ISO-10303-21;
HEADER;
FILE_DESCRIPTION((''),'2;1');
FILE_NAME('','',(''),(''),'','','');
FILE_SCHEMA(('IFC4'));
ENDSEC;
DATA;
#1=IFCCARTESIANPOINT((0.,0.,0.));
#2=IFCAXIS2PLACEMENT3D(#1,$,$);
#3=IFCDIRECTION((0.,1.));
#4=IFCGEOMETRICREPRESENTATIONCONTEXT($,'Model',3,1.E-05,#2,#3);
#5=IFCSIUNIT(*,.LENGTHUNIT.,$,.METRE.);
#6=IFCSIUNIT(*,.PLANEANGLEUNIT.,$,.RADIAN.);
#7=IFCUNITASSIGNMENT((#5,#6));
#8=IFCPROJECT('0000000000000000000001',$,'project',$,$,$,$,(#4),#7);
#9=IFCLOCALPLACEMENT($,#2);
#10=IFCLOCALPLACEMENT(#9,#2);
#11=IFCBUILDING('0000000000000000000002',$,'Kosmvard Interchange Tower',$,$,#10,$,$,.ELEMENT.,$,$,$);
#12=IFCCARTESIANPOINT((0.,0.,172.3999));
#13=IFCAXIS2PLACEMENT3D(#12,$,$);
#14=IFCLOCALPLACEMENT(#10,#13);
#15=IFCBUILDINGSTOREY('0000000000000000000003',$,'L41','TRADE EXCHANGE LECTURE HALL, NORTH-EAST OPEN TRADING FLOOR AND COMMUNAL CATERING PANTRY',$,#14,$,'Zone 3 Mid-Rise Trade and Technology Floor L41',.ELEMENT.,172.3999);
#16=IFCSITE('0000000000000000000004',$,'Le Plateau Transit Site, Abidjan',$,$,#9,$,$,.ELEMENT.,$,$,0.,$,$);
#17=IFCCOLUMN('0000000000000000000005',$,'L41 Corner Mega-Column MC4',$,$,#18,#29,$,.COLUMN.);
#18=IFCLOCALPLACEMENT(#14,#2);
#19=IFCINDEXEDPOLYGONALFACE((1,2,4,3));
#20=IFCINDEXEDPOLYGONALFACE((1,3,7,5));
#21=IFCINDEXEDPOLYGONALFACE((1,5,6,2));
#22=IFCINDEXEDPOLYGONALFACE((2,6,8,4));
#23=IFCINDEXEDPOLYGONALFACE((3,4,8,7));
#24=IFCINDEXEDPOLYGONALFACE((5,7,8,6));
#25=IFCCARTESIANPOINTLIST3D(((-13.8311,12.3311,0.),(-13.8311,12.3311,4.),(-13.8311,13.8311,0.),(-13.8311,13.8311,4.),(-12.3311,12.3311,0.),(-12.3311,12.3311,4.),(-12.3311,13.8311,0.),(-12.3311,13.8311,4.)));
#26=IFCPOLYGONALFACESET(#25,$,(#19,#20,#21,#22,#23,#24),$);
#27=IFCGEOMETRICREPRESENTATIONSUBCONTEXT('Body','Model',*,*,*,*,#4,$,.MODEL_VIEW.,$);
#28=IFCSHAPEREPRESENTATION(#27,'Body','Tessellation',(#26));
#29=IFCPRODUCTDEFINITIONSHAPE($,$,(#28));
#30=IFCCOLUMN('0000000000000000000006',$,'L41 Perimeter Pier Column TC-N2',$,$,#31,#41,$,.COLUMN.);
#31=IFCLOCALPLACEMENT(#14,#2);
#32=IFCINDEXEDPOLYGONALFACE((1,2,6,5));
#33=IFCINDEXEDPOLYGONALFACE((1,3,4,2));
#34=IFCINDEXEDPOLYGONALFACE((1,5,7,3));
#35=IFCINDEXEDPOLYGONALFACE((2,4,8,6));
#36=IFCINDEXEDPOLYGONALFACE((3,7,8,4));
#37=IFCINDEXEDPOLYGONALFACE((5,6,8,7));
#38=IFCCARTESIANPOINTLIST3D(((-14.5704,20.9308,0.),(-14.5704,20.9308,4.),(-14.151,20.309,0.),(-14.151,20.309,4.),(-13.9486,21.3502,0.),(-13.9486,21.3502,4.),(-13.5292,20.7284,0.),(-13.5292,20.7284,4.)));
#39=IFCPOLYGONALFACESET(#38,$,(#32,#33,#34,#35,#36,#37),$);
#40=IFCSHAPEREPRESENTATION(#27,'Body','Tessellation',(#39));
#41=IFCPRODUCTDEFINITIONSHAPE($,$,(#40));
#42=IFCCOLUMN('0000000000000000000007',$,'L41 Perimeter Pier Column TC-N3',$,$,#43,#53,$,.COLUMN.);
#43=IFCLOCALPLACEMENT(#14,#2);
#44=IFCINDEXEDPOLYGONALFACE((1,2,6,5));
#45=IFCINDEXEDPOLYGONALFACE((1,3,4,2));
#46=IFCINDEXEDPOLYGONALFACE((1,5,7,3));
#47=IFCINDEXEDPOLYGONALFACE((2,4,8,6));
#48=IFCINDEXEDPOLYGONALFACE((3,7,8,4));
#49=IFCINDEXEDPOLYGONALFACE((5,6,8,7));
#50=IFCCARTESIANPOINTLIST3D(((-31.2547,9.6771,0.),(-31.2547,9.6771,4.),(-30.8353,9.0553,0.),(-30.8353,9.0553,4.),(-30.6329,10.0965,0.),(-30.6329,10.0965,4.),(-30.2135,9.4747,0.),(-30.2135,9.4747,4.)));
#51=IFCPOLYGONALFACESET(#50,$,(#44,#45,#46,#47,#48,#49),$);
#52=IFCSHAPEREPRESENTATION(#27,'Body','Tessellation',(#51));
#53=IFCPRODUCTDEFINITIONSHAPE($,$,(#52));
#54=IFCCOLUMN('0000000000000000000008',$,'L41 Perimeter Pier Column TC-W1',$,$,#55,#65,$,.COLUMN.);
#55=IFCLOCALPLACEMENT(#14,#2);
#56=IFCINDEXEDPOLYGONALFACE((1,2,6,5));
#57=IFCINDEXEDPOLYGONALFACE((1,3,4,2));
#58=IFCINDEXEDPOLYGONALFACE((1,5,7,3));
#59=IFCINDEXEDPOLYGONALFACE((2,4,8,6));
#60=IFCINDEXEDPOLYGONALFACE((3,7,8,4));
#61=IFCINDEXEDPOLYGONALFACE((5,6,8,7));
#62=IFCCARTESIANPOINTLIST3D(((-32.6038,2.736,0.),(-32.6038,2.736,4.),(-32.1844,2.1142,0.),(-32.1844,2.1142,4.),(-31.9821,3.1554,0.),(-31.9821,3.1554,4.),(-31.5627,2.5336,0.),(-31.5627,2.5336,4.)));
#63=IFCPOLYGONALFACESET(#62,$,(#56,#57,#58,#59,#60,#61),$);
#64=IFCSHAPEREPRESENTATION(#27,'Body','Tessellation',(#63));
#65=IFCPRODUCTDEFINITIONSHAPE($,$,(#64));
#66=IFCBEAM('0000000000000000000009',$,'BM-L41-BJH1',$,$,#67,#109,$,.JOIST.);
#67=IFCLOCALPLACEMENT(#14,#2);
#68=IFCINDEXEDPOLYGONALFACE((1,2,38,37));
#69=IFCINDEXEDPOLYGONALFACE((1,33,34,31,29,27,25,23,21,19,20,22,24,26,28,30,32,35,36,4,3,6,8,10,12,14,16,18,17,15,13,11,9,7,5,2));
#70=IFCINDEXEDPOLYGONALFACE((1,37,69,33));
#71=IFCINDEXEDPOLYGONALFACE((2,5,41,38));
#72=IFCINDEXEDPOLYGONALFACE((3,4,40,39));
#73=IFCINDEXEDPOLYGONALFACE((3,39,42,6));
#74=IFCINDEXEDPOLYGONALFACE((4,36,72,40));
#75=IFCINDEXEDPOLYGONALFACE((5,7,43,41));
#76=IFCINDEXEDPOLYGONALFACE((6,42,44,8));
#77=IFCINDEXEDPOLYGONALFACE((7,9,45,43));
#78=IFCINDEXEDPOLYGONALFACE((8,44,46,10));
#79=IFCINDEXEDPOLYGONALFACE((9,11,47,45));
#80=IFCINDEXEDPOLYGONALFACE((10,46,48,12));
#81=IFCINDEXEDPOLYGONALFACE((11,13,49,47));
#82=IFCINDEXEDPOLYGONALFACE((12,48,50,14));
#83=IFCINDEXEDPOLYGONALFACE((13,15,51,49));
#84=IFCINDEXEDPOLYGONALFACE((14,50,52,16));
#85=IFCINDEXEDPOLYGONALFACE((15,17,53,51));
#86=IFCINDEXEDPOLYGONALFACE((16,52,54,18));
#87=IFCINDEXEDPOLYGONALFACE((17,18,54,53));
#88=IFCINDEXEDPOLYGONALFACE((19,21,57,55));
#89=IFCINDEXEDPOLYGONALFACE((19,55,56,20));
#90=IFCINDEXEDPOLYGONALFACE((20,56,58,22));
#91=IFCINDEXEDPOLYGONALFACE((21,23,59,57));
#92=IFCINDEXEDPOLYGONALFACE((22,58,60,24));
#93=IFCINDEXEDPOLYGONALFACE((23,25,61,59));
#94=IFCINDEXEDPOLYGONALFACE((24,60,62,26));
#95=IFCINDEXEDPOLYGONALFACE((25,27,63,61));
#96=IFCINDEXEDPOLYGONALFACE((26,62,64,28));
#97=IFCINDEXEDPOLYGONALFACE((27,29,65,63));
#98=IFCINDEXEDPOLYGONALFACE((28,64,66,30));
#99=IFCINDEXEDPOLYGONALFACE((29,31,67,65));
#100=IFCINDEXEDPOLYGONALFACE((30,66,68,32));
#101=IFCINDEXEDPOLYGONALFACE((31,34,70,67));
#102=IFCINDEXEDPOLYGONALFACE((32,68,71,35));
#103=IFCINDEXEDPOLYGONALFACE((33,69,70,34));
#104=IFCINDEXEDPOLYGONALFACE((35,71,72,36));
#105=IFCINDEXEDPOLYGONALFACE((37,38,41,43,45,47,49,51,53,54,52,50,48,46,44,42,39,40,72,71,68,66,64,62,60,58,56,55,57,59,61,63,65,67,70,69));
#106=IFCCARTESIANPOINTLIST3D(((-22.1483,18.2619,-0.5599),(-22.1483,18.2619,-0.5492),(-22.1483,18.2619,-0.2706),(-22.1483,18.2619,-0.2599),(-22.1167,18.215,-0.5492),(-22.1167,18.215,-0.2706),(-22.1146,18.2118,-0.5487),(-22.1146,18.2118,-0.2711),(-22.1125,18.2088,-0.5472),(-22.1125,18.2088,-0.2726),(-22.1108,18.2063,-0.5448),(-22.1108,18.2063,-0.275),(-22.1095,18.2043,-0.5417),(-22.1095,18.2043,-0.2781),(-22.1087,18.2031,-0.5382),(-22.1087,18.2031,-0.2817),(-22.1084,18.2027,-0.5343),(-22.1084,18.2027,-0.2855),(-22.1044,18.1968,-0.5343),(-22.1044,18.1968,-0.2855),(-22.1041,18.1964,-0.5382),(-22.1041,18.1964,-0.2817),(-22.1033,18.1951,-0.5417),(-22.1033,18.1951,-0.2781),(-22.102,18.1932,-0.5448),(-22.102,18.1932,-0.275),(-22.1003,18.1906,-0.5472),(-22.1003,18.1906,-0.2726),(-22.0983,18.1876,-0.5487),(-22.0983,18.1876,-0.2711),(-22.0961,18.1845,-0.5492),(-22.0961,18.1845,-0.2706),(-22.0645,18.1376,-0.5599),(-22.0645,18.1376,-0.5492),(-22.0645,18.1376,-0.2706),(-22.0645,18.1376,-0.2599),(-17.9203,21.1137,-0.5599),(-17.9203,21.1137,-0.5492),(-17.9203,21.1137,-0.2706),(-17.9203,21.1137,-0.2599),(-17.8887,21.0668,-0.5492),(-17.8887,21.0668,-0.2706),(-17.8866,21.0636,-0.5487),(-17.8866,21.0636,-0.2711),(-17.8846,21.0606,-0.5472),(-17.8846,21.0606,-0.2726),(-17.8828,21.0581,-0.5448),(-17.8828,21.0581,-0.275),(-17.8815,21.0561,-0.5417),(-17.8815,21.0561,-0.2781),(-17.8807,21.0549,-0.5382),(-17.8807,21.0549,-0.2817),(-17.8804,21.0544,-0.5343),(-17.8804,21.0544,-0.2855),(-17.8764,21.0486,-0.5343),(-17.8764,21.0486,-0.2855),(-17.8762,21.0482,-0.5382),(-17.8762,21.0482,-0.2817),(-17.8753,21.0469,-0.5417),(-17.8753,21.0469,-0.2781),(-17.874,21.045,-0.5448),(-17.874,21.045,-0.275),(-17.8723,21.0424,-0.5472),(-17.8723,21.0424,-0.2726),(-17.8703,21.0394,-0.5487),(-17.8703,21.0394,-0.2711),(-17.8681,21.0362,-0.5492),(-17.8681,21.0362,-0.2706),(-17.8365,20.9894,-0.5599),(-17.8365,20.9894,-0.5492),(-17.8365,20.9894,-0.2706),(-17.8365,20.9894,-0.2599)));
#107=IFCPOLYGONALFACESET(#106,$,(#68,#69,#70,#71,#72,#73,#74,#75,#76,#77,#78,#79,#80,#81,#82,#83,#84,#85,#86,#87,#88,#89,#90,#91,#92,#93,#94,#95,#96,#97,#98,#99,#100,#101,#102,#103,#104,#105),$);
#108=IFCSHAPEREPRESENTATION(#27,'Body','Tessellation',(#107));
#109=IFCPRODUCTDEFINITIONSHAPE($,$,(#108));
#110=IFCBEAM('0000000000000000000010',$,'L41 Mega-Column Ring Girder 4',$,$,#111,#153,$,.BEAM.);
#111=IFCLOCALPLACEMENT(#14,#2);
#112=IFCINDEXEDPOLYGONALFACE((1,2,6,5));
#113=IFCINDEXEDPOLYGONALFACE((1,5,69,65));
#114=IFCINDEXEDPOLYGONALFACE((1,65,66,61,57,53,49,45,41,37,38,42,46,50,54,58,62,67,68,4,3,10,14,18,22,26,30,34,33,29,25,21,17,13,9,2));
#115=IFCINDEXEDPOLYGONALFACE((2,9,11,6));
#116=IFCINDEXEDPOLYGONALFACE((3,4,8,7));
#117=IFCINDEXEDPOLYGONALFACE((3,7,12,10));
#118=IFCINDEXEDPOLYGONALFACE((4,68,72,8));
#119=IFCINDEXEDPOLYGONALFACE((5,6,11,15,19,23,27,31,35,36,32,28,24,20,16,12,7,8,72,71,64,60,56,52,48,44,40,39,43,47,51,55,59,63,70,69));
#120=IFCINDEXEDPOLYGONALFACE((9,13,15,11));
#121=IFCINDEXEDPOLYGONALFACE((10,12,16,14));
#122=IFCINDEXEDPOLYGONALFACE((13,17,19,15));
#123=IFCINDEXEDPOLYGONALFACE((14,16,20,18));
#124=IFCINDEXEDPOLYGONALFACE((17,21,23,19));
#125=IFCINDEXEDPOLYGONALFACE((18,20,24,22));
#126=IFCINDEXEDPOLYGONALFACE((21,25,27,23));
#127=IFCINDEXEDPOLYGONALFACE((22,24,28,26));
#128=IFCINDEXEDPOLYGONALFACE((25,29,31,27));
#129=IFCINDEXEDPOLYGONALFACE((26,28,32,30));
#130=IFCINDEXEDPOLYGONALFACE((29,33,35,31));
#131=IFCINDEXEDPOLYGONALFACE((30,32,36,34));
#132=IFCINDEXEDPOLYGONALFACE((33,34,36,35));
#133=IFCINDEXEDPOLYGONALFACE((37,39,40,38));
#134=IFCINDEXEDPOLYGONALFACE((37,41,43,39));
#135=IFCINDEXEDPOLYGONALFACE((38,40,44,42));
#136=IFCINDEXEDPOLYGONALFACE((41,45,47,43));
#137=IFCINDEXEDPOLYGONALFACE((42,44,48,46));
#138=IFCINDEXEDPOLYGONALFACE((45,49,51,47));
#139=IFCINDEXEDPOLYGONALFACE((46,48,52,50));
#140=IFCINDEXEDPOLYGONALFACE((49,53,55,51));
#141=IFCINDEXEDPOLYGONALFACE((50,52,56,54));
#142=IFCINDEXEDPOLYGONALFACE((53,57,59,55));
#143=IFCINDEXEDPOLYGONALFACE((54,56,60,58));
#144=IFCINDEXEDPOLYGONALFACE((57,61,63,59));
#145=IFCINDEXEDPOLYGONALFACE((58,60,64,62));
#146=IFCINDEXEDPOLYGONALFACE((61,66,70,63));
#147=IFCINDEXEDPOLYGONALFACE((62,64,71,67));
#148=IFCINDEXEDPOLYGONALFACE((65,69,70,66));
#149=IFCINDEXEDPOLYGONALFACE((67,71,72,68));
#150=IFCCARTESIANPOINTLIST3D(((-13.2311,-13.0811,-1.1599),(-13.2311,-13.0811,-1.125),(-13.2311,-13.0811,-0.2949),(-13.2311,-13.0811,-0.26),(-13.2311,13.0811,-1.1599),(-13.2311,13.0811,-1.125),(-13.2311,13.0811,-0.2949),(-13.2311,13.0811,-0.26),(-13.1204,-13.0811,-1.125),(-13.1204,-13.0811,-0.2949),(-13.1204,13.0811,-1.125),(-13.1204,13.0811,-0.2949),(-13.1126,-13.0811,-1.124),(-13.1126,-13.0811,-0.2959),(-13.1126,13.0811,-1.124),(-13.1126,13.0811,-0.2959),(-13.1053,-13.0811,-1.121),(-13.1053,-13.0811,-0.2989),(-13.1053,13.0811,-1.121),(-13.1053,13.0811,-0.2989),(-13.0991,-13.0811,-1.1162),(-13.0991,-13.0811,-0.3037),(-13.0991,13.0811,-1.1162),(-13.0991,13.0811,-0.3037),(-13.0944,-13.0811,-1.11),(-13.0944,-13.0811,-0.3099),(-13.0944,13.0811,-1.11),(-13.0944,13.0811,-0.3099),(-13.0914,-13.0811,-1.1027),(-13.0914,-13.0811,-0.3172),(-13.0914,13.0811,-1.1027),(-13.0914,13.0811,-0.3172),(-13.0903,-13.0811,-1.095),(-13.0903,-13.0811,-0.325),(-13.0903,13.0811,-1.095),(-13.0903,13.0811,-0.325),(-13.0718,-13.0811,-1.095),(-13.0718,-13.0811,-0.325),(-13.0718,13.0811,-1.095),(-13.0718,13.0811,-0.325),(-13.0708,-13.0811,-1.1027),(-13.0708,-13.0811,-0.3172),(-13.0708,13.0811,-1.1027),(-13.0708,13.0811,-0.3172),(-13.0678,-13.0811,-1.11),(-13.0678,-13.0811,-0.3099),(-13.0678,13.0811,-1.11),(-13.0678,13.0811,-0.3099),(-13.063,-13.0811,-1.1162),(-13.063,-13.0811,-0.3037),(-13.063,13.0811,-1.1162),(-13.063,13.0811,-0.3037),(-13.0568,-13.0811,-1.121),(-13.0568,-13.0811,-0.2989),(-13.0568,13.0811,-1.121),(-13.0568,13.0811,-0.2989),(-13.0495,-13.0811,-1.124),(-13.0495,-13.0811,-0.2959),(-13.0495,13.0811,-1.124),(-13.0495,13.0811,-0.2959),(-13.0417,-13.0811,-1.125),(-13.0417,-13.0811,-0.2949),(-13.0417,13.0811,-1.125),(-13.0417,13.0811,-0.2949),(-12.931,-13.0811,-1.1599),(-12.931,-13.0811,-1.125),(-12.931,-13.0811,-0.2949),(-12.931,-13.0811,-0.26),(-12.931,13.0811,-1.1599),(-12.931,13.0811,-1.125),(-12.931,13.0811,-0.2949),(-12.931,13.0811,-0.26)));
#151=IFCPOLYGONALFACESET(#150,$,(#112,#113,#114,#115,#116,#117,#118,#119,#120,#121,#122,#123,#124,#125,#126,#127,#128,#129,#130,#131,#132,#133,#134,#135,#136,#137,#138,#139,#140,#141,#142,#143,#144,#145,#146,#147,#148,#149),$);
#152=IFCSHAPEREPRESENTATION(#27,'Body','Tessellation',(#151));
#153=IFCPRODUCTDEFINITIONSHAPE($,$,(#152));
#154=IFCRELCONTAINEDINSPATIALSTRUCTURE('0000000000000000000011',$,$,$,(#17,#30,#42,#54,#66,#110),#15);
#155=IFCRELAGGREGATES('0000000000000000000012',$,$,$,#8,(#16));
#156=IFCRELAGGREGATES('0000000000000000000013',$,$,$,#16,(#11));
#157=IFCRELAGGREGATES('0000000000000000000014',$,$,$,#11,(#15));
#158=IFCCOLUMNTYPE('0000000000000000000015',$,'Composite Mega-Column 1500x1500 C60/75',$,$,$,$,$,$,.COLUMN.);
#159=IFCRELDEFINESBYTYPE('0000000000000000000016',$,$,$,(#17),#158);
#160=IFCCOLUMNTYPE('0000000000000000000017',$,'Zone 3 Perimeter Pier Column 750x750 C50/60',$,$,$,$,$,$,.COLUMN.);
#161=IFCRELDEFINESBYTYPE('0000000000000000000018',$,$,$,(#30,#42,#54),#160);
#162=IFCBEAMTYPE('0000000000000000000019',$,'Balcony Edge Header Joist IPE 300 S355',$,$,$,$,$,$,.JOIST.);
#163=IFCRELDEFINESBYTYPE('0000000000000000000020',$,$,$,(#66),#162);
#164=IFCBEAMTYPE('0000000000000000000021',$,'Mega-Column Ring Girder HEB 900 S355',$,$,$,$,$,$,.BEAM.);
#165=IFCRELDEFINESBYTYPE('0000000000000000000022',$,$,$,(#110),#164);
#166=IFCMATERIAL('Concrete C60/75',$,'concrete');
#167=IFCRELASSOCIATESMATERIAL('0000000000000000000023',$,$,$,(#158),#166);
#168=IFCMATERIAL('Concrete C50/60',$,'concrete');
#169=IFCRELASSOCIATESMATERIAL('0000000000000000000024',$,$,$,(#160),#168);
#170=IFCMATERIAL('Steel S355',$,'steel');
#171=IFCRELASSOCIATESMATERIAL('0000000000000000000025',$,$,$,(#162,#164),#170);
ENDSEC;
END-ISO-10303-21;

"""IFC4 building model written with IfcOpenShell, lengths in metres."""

from ifc_helpers import new_model, si_unit, direction, frame, origin, origin_2d, place, context, subcontext, project, spatial, rectangle, i_section, extrude, source, transform, mapped, material, material_profile, profile_set, type_object, element, save


model = new_model("IFC4")

# Units and contexts
model_context = context("Model", 3, precision=1e-05, world=origin(), true_north=direction((0.0, 1.0)))
body_context = subcontext(model_context, "Body", "Model", "MODEL_VIEW")
ifc_project = project(units=[si_unit("LENGTHUNIT", "METRE"), si_unit("PLANEANGLEUNIT", "RADIAN")], contexts=[model_context])

# Site, building, storey
site_placement = place(None, origin())
site = spatial("IfcSite", under=ifc_project, at=site_placement, Name="Le Plateau Transit Site, Abidjan", CompositionType="ELEMENT", RefElevation=0.0)
building_placement = place(site_placement, origin())
building = spatial("IfcBuilding", under=site, at=building_placement, Name="Kosmvard Interchange Tower", CompositionType="ELEMENT")
storey_placement = place(building_placement, frame((0.0, 0.0, 172.3999)))
storey = spatial("IfcBuildingStorey", under=building, at=storey_placement, Name="L41", Description="TRADE EXCHANGE LECTURE HALL, NORTH-EAST OPEN TRADING FLOOR AND COMMUNAL CATERING PANTRY", LongName="Zone 3 Mid-Rise Trade and Technology Floor L41", CompositionType="ELEMENT", Elevation=172.3999)

# Columns
ifc_material_1 = material(Name="Concrete C60/75", Category="concrete")
ifc_material_profile_1 = material_profile(ifc_material_1, rectangle(XDim=1.5, YDim=1.5, at=origin_2d()), Name="MC 1500x1500")
ifc_profile_set_1 = profile_set([ifc_material_profile_1], Name="Concrete C60/75")
column_type_1 = type_object("IfcColumnType", Name="Composite Mega-Column 1500x1500 C60/75", PredefinedType="COLUMN", material=ifc_profile_set_1)
shared_shape_1 = source(origin(), body_context, "Body", "SweptSolid", [
    extrude(rectangle(XDim=1.5, YDim=1.5, at=origin_2d()), origin(), (0.0, 0.0, 1.0), 4.0),
])
column_placement = place(storey_placement, frame((-13.0811, 13.0811, 0.0), z_axis=(0.0, 0.0, 1.0), x_axis=(1.0, 0.0, 0.0)))
element("IfcColumn", 1, at=column_placement, inside=storey, type_object=column_type_1, Name="L41 Corner Mega-Column MC4", PredefinedType="COLUMN", context=body_context, shape_type="MappedRepresentation", body=[
    mapped(shared_shape_1, transform((0.0, 0.0, 0.0), scale=1.0)),
])
ifc_material_2 = material(Name="Concrete C50/60", Category="concrete")
ifc_material_profile_2 = material_profile(ifc_material_2, rectangle(XDim=0.75, YDim=0.75, at=origin_2d()), Name="TC 750x750")
ifc_profile_set_2 = profile_set([ifc_material_profile_2], Name="Concrete C50/60")
column_type_2 = type_object("IfcColumnType", Name="Zone 3 Perimeter Pier Column 750x750 C50/60", PredefinedType="COLUMN", material=ifc_profile_set_2)
shared_shape_2 = source(origin(), body_context, "Body", "SweptSolid", [
    extrude(rectangle(XDim=0.75, YDim=0.75, at=origin_2d()), origin(), (0.0, 0.0, 1.0), 4.0),
])
for number, where, z_axis, x_axis, name in (
    (2, (-14.0498, 20.8296, 0.0), (0.0, 0.0, 1.0), (0.829038, 0.559193, 0.0), "L41 Perimeter Pier Column TC-N2"),
    (3, (-30.7341, 9.5759, 0.0), (0.0, 0.0, 1.0), (0.829038, 0.559193, 0.0), "L41 Perimeter Pier Column TC-N3"),
    (4, (-32.0833, 2.6348, 0.0), (0.0, 0.0, 1.0), (0.829038, 0.559193, 0.0), "L41 Perimeter Pier Column TC-W1"),
):
    element("IfcColumn", number, at=place(storey_placement, frame(where, z_axis=z_axis, x_axis=x_axis)), inside=storey, type_object=column_type_2, Name=name, PredefinedType="COLUMN", context=body_context, shape_type="MappedRepresentation", body=[
        mapped(shared_shape_2, transform((0.0, 0.0, 0.0), scale=1.0)),
    ])

# Beams
ifc_material_3 = material(Name="Steel S355", Category="steel")
ifc_material_profile_3 = material_profile(ifc_material_3, i_section(OverallWidth=0.1499, OverallDepth=0.3, WebThickness=0.0071, FlangeThickness=0.0107, FilletRadius=0.0149, at=origin_2d()), Name="IPE 300")
ifc_profile_set_3 = profile_set([ifc_material_profile_3], Name="Steel S355")
beam_type_1 = type_object("IfcBeamType", Name="Balcony Edge Header Joist IPE 300 S355", PredefinedType="JOIST", material=ifc_profile_set_3)
shared_shape_3 = source(origin(), body_context, "Body", "SweptSolid", [
    extrude(i_section(OverallWidth=0.1499, OverallDepth=0.3, WebThickness=0.0071, FlangeThickness=0.0107, FilletRadius=0.0149, at=origin_2d()), origin(), (0.0, 0.0, 1.0), 5.0999),
])
beam_1_placement = place(storey_placement, frame((-17.8784, 21.0515, -0.4099), z_axis=(-0.829041, -0.559188, 0.0), x_axis=(0.559188, -0.829041, 0.0)))
element("IfcBeam", 5, at=beam_1_placement, inside=storey, type_object=beam_type_1, Name="BM-L41-BJH1", PredefinedType="JOIST", context=body_context, shape_type="MappedRepresentation", body=[
    mapped(shared_shape_3, transform((0.0, 0.0, 0.0), scale=1.0)),
])
ifc_material_profile_4 = material_profile(ifc_material_3, i_section(OverallWidth=0.3, OverallDepth=0.8999, WebThickness=0.0186, FlangeThickness=0.0349, FilletRadius=0.03, at=origin_2d()), Name="HEB 900")
ifc_profile_set_4 = profile_set([ifc_material_profile_4], Name="Steel S355")
beam_type_2 = type_object("IfcBeamType", Name="Mega-Column Ring Girder HEB 900 S355", PredefinedType="BEAM", material=ifc_profile_set_4)
shared_shape_4 = source(origin(), body_context, "Body", "SweptSolid", [
    extrude(i_section(OverallWidth=0.3, OverallDepth=0.8999, WebThickness=0.0186, FlangeThickness=0.0349, FilletRadius=0.03, at=origin_2d()), origin(), (0.0, 0.0, 1.0), 26.1621),
])
beam_2_placement = place(storey_placement, frame((-13.0811, 13.0811, -0.71), z_axis=(0.0, -1.0, 0.0), x_axis=(1.0, 0.0, 0.0)))
element("IfcBeam", 6, at=beam_2_placement, inside=storey, type_object=beam_type_2, Name="L41 Mega-Column Ring Girder 4", PredefinedType="BEAM", context=body_context, shape_type="MappedRepresentation", body=[
    mapped(shared_shape_4, transform((0.0, 0.0, 0.0), scale=1.0)),
])

save(model, "model.ifc")
